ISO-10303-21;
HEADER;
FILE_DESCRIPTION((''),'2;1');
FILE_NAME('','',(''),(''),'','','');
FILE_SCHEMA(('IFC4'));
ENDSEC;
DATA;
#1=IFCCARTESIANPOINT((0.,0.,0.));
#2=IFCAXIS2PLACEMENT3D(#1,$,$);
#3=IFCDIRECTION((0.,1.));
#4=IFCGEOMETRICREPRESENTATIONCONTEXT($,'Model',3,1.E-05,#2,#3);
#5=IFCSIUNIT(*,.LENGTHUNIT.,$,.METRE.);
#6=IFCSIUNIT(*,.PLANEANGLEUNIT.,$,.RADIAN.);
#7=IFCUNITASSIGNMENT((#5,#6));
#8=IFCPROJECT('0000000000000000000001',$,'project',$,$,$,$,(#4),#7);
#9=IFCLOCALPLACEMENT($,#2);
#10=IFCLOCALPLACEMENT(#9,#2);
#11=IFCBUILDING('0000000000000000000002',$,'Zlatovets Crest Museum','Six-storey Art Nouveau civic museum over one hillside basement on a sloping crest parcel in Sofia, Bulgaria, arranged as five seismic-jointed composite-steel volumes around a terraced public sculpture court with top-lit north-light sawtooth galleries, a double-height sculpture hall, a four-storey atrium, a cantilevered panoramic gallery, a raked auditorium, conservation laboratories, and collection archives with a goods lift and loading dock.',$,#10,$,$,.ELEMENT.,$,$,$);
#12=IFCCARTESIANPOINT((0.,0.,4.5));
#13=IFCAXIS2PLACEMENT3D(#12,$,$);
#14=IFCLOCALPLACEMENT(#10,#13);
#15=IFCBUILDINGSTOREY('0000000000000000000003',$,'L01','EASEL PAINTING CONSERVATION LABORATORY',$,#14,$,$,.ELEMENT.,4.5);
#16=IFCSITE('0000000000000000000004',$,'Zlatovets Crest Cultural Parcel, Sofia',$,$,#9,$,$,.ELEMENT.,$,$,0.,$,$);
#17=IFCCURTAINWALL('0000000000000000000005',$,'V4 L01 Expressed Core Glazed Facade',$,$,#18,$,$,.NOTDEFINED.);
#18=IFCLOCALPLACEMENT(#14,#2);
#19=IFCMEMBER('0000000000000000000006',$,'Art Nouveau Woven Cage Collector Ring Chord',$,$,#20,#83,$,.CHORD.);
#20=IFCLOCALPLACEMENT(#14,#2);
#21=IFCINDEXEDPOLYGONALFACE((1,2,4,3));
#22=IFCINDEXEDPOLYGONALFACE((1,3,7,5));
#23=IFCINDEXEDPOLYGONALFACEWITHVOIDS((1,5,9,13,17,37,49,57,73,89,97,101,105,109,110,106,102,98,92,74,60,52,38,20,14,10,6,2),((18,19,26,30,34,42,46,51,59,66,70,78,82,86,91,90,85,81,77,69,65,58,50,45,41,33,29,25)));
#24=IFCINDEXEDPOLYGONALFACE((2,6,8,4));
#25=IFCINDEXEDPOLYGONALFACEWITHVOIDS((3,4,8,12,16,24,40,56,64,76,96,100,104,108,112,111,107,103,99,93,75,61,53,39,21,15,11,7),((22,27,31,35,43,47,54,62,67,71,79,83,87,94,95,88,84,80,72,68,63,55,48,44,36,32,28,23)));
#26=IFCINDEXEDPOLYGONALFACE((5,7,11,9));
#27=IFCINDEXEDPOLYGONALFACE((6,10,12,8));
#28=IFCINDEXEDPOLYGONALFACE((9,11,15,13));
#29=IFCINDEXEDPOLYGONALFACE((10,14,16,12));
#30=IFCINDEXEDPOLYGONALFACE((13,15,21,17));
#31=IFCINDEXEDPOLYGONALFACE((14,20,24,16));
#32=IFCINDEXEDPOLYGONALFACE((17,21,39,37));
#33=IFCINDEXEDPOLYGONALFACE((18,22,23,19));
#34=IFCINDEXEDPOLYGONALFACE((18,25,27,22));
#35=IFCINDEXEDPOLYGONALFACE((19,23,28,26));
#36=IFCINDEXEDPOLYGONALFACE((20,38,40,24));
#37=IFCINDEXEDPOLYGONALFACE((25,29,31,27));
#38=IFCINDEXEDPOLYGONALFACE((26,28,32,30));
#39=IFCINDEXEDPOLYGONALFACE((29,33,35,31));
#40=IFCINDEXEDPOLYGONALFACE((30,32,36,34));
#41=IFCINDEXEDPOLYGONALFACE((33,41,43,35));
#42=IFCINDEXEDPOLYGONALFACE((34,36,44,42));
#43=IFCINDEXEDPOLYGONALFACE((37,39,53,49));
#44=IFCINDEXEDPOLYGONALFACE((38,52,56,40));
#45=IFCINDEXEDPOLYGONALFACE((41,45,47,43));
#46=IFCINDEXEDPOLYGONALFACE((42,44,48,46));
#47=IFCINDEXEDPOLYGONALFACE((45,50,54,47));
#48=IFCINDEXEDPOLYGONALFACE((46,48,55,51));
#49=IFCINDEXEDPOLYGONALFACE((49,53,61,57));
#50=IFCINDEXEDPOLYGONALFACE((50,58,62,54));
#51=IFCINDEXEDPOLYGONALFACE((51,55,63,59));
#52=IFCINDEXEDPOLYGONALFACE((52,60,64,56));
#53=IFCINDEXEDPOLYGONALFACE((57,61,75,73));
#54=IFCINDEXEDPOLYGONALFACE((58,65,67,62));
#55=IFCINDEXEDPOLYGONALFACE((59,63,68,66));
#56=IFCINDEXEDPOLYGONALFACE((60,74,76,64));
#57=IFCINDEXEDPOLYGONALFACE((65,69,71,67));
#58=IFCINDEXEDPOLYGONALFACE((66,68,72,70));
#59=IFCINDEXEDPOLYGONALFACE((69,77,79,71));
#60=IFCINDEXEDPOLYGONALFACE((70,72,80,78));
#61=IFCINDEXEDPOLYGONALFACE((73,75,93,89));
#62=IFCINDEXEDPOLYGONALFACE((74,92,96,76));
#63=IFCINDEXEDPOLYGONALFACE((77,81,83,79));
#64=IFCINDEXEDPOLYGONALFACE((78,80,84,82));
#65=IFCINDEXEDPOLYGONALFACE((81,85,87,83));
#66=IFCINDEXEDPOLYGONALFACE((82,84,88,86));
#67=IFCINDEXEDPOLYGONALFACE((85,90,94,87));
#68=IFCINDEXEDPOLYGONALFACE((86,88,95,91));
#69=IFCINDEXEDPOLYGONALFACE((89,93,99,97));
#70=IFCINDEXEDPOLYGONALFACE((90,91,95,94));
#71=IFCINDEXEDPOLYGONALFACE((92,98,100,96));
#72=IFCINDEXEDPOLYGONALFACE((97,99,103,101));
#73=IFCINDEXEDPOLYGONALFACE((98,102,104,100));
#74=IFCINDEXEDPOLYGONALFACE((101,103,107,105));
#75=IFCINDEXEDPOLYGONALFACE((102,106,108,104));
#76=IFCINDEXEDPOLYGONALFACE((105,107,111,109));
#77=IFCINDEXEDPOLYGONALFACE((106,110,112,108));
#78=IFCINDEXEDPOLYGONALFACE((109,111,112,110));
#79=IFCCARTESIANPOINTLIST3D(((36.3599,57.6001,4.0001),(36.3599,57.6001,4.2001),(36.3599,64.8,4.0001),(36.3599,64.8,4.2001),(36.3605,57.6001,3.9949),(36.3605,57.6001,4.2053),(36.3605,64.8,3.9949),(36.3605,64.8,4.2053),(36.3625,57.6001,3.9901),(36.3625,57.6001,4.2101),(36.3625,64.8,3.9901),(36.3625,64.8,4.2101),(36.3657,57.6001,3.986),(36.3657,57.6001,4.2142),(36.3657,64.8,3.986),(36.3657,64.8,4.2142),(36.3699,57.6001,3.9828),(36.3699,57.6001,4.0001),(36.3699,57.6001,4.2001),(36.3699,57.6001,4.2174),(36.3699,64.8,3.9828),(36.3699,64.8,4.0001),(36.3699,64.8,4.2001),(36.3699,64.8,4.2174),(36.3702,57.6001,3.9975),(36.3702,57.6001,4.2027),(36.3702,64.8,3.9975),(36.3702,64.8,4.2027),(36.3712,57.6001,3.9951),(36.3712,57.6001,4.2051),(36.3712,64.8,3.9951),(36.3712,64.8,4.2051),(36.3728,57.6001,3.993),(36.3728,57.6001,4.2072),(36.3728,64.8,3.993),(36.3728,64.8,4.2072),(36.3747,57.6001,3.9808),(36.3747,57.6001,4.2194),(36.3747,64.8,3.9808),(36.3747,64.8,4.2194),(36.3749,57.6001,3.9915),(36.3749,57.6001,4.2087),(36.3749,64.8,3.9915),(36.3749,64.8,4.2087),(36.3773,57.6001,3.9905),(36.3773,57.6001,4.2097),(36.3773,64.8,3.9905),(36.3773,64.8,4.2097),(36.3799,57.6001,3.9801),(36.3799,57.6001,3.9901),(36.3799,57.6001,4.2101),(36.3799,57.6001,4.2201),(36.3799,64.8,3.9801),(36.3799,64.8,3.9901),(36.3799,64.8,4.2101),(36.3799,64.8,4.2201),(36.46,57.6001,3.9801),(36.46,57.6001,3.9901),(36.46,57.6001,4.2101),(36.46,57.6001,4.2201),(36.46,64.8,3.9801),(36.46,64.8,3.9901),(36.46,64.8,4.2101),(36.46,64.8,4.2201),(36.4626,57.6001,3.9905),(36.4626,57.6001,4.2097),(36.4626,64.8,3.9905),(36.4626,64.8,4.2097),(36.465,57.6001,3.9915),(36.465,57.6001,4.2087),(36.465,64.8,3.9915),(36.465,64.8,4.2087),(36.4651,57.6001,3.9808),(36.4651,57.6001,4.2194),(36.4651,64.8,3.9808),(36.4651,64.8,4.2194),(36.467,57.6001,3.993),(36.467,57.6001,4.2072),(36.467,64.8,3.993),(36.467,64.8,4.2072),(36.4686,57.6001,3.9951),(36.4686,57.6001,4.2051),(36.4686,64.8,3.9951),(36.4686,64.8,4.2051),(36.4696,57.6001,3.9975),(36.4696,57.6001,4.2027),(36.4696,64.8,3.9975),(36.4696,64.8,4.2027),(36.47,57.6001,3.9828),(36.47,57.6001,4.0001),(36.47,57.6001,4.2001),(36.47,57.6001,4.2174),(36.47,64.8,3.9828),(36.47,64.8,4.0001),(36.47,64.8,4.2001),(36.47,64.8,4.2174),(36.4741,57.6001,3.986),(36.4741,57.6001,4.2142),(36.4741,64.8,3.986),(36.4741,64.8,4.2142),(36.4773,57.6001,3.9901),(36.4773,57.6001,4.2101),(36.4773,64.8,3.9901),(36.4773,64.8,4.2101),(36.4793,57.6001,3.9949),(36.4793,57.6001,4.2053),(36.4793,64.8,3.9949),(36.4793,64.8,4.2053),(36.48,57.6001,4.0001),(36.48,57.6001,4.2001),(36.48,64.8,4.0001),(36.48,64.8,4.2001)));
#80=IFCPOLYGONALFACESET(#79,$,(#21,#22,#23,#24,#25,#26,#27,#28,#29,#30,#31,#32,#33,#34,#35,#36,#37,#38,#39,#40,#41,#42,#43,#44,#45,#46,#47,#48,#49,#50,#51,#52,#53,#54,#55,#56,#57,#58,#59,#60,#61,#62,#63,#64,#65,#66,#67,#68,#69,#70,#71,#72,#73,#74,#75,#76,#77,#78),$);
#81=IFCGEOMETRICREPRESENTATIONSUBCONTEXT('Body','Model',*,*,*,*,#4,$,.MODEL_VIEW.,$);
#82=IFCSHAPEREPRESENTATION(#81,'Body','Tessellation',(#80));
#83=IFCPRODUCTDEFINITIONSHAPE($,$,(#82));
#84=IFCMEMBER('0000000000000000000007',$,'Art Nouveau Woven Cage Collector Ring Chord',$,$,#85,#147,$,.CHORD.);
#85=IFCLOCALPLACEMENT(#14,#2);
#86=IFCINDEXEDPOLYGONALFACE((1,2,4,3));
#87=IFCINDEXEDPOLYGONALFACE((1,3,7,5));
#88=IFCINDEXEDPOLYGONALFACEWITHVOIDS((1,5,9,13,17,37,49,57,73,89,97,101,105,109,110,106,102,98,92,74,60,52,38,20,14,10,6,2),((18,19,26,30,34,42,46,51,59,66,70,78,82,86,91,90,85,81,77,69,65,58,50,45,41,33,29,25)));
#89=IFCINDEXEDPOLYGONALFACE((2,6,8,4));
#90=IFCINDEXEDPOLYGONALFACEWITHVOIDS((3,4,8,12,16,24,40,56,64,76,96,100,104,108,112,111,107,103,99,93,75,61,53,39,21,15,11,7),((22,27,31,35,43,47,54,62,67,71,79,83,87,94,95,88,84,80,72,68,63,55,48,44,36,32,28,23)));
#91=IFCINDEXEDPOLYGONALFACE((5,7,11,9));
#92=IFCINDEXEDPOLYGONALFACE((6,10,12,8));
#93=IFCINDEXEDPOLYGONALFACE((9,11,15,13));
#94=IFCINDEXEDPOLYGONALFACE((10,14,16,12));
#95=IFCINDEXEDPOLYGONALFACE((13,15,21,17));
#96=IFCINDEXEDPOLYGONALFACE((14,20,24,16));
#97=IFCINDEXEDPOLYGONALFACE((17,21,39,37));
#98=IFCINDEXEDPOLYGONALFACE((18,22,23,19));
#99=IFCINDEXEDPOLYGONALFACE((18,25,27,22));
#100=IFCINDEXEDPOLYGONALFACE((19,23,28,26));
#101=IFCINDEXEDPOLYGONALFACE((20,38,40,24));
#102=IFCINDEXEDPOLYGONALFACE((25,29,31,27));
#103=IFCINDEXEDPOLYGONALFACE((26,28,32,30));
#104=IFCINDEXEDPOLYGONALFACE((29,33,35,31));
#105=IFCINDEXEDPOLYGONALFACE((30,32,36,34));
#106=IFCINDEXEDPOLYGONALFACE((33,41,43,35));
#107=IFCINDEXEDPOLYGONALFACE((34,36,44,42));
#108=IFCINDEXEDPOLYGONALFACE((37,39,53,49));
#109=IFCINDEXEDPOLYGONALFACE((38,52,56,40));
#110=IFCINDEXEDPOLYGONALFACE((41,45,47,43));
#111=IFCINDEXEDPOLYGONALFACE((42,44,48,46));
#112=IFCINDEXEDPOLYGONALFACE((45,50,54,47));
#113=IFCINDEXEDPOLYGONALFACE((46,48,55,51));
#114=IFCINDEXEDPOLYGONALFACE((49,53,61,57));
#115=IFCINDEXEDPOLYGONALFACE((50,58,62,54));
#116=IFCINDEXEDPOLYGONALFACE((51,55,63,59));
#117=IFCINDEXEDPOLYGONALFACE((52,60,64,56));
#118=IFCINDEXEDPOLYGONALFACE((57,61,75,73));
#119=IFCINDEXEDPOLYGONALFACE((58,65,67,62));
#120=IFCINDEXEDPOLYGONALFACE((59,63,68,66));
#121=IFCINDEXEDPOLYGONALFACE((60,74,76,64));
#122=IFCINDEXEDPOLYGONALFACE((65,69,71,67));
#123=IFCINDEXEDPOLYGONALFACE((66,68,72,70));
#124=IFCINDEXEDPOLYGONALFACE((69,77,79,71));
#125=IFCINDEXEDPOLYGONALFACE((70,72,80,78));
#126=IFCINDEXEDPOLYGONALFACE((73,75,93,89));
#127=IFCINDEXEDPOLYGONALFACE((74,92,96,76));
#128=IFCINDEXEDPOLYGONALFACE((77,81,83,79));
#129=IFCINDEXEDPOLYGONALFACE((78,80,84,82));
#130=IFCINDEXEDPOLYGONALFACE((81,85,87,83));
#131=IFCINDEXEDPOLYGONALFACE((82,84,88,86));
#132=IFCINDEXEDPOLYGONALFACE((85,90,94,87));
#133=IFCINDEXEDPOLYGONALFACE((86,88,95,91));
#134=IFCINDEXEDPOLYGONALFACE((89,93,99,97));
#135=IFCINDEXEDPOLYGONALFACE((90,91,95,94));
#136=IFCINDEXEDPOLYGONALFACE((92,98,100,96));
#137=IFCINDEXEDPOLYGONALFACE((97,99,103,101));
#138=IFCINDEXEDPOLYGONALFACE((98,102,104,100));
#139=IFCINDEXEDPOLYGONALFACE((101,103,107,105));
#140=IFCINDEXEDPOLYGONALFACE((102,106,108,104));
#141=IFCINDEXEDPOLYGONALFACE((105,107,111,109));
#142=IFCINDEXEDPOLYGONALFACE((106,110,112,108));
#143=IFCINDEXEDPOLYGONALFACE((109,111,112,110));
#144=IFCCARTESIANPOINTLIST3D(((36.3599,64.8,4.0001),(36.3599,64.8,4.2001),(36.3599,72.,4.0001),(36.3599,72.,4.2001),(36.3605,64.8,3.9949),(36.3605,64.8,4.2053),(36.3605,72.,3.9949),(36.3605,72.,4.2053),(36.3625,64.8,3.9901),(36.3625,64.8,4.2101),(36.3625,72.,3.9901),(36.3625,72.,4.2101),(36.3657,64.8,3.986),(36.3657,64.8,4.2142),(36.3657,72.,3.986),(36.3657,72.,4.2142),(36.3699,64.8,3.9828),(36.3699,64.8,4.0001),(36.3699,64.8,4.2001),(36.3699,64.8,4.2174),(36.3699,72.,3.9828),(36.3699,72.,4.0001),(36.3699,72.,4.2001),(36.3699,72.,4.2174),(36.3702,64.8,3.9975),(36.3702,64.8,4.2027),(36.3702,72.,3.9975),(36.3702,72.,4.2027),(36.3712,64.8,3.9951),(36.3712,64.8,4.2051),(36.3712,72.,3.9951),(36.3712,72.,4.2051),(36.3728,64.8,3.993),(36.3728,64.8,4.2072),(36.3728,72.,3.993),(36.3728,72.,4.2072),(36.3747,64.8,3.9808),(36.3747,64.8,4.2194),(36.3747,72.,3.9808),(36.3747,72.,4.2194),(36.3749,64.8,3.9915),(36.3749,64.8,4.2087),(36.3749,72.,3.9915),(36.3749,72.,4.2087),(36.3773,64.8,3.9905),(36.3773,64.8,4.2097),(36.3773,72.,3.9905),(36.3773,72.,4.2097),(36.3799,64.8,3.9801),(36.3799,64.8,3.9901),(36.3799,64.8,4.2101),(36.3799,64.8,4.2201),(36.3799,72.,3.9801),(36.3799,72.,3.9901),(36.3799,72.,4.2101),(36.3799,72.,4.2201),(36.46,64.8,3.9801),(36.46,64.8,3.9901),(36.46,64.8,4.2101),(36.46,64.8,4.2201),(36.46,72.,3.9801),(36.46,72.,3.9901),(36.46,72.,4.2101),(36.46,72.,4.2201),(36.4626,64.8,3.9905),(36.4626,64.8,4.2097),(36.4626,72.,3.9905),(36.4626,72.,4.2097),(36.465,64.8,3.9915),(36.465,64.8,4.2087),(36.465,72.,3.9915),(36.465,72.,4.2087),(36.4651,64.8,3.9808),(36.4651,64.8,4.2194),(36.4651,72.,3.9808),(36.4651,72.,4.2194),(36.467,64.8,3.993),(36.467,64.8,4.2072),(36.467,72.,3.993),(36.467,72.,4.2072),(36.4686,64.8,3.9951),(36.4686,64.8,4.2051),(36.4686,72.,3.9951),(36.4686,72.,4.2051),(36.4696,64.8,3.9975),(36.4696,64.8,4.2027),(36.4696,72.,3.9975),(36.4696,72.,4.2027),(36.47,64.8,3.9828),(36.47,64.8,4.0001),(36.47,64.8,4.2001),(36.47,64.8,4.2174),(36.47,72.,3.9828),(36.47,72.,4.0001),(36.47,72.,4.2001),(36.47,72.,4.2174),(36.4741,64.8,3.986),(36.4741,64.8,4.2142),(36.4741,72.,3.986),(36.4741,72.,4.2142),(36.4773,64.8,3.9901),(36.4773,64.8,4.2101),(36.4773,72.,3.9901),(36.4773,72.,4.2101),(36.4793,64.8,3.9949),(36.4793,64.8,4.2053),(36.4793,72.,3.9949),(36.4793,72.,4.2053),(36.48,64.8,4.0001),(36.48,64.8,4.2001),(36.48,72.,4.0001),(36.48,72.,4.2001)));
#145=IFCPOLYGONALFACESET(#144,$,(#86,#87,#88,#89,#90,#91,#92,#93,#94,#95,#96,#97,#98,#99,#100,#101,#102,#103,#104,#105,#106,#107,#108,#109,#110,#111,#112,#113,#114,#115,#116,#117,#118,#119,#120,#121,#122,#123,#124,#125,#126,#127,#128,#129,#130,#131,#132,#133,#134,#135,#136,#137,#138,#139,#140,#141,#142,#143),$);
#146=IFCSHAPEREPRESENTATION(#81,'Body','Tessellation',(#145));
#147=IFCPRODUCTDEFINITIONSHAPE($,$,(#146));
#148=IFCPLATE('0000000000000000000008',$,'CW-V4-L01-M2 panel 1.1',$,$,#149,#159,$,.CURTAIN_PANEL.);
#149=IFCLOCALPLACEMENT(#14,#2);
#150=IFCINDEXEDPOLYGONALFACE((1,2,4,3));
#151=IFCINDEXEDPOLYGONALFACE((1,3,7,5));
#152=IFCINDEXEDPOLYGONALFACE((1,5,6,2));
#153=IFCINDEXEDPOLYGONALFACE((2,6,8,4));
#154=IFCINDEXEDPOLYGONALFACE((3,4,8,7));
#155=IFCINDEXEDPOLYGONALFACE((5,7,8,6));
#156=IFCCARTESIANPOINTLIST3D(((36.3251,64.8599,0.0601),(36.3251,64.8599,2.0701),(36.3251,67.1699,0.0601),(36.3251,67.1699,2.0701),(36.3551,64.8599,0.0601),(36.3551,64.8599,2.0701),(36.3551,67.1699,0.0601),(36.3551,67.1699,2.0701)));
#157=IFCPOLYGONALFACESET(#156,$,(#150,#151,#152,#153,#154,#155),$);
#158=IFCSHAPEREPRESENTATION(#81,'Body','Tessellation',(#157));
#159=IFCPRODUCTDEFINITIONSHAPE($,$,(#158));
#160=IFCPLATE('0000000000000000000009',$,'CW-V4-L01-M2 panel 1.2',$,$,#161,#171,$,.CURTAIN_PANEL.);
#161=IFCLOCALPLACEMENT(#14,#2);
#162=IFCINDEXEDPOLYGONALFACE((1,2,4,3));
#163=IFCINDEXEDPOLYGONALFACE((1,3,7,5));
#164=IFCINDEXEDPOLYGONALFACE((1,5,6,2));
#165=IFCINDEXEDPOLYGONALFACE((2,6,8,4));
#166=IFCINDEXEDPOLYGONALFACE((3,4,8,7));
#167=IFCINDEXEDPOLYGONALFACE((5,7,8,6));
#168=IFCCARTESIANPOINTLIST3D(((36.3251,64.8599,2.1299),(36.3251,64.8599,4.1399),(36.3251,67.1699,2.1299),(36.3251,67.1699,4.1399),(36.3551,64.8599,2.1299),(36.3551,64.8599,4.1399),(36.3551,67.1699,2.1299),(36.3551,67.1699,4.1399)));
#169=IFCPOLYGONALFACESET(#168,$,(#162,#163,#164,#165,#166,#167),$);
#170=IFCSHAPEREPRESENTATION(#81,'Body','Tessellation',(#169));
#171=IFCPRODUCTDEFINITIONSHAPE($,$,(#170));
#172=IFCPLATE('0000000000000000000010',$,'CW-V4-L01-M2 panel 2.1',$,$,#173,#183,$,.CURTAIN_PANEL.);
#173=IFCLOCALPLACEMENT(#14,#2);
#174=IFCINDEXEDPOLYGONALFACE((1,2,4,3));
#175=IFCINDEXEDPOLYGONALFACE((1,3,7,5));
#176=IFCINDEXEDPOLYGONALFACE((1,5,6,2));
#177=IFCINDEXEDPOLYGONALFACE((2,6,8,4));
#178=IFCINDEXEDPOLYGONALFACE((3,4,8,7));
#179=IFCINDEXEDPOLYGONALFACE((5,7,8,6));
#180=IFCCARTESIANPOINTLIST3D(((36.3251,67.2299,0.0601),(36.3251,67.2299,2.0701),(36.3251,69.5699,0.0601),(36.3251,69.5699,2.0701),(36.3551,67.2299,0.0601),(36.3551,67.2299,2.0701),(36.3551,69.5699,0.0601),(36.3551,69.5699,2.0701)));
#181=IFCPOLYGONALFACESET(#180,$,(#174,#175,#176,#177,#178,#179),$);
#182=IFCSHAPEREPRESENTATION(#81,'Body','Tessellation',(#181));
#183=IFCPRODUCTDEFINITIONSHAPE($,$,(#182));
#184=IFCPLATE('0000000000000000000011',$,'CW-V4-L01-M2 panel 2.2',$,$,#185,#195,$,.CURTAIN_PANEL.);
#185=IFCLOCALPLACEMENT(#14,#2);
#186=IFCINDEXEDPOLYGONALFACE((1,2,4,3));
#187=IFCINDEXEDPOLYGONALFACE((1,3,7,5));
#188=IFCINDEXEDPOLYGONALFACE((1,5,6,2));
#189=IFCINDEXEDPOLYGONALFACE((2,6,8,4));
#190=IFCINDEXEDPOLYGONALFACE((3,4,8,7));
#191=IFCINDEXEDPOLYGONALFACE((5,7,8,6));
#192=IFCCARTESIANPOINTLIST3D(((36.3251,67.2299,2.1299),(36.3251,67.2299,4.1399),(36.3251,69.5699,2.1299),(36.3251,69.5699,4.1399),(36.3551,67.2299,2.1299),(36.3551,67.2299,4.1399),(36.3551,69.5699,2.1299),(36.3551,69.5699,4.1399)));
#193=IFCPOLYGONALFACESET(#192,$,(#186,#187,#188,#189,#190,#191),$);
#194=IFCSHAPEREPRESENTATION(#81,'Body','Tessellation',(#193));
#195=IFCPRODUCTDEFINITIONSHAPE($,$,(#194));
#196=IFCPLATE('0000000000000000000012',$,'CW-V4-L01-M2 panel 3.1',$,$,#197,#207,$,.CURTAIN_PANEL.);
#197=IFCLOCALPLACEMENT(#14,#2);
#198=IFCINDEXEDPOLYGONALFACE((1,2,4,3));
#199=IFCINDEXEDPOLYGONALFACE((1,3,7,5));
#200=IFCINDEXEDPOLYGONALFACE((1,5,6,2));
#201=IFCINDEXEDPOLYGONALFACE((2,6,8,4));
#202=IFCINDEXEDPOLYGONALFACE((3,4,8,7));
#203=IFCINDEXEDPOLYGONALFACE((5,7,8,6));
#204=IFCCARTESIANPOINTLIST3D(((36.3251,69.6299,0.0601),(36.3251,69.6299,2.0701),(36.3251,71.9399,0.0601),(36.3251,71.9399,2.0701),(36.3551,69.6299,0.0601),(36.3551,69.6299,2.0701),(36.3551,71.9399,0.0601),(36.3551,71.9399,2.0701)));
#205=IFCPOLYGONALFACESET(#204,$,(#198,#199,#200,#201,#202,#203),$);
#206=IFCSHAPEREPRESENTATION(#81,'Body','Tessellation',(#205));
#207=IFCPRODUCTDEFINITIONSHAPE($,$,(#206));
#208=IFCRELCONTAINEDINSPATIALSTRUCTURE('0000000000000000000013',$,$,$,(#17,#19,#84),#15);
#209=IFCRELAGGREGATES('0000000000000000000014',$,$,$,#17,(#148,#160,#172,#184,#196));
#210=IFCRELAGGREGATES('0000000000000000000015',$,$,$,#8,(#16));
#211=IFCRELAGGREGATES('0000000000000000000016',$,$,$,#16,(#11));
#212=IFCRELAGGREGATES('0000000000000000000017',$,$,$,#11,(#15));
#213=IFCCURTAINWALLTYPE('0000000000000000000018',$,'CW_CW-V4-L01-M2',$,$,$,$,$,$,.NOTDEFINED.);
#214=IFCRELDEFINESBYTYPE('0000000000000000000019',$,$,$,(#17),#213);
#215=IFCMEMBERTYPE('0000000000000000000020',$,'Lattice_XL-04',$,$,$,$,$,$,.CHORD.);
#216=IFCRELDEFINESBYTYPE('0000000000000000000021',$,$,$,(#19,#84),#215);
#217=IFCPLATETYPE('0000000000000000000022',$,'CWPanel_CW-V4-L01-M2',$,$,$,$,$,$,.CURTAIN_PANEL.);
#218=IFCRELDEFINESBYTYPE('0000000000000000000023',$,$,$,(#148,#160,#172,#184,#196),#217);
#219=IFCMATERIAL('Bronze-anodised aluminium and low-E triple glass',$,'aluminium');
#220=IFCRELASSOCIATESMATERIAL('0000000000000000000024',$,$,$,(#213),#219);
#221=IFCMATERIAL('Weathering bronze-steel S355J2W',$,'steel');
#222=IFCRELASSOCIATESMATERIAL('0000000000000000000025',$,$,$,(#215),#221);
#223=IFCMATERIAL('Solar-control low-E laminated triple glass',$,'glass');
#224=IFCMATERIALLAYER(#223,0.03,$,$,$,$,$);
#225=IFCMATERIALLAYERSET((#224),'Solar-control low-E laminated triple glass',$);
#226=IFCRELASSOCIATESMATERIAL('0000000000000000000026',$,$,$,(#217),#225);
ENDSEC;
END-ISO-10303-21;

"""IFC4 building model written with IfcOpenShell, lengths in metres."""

from ifc_helpers import new_model, si_unit, direction, frame, origin, origin_2d, place, context, subcontext, project, spatial, rectangle, hollow_rectangle, extrude, material, layer, layer_set, material_profile, profile_set, type_object, element, aggregate, save


model = new_model("IFC4")

# Units and contexts
model_context = context("Model", 3, precision=1e-05, world=origin(), true_north=direction((0.0, 1.0)))
body_context = subcontext(model_context, "Body", "Model", "MODEL_VIEW")
ifc_project = project(units=[si_unit("LENGTHUNIT", "METRE"), si_unit("PLANEANGLEUNIT", "RADIAN")], contexts=[model_context])

# Site, building, storey
site_placement = place(None, origin())
site = spatial("IfcSite", under=ifc_project, at=site_placement, Name="Zlatovets Crest Cultural Parcel, Sofia", CompositionType="ELEMENT", RefElevation=0.0)
building_placement = place(site_placement, origin())
building = spatial("IfcBuilding", under=site, at=building_placement, Name="Zlatovets Crest Museum", Description="Six-storey Art Nouveau civic museum over one hillside basement on a sloping crest parcel in Sofia, Bulgaria, arranged as five seismic-jointed composite-steel volumes around a terraced public sculpture court with top-lit north-light sawtooth galleries, a double-height sculpture hall, a four-storey atrium, a cantilevered panoramic gallery, a raked auditorium, conservation laboratories, and collection archives with a goods lift and loading dock.", CompositionType="ELEMENT")
storey_placement = place(building_placement, frame((0.0, 0.0, 4.5)))
storey = spatial("IfcBuildingStorey", under=building, at=storey_placement, Name="L01", Description="EASEL PAINTING CONSERVATION LABORATORY", CompositionType="ELEMENT", Elevation=4.5)

# Curtain wall
ifc_material_1 = material(Name="Bronze-anodised aluminium and low-E triple glass", Category="aluminium")
curtain_wall_type = type_object("IfcCurtainWallType", Name="CW_CW-V4-L01-M2", PredefinedType="NOTDEFINED", material=ifc_material_1)
curtain_wall_placement = place(storey_placement, origin())
curtain_wall = element("IfcCurtainWall", 1, at=curtain_wall_placement, inside=storey, type_object=curtain_wall_type, Name="V4 L01 Expressed Core Glazed Facade", PredefinedType="NOTDEFINED")

# Members
ifc_material_2 = material(Name="Weathering bronze-steel S355J2W", Category="steel")
ifc_material_profile_1 = material_profile(ifc_material_2, hollow_rectangle(XDim=0.1201, YDim=0.24, WallThickness=0.01, InnerFilletRadius=0.01, OuterFilletRadius=0.02, at=origin_2d()), Name="RHS 120x240x10.0")
ifc_profile_set_1 = profile_set([ifc_material_profile_1], Name="Weathering bronze-steel S355J2W")
member_type_1 = type_object("IfcMemberType", Name="Lattice_XL-04", PredefinedType="CHORD", material=ifc_profile_set_1)
for number, where, z_axis, x_axis, name in (
    (2, (36.4199, 57.6001, 4.1001), (0.0, 1.0, 0.0), (-1.0, 0.0, 0.0), "Art Nouveau Woven Cage Collector Ring Chord"),
    (3, (36.4199, 64.8, 4.1001), (0.0, 1.0, 0.0), (-1.0, 0.0, 0.0), "Art Nouveau Woven Cage Collector Ring Chord"),
):
    element("IfcMember", number, at=place(storey_placement, frame(where, z_axis=z_axis, x_axis=x_axis)), inside=storey, type_object=member_type_1, Name=name, PredefinedType="CHORD", context=body_context, shape_type="SweptSolid", body=[
        extrude(hollow_rectangle(XDim=0.1201, YDim=0.24, WallThickness=0.01, InnerFilletRadius=0.01, OuterFilletRadius=0.02, at=origin_2d()), origin(), (0.0, 0.0, 1.0), 7.2),
    ])

# Plates
ifc_material_3 = material(Name="Solar-control low-E laminated triple glass", Category="glass")
ifc_layer_1 = layer(ifc_material_3, 0.03)
ifc_layer_set_1 = layer_set([ifc_layer_1], Name="Solar-control low-E laminated triple glass")
plate_type_1 = type_object("IfcPlateType", Name="CWPanel_CW-V4-L01-M2", PredefinedType="CURTAIN_PANEL", material=ifc_layer_set_1)
plate_1_placement = place(storey_placement, frame((36.3401, 66.0149, 0.0601), z_axis=(0.0, 0.0, 1.0), x_axis=(0.0, 1.0, 0.0)))
plate_1 = element("IfcPlate", 4, at=plate_1_placement, type_object=plate_type_1, Name="CW-V4-L01-M2 panel 1.1", PredefinedType="CURTAIN_PANEL", context=body_context, shape_type="SweptSolid", body=[
    extrude(rectangle(XDim=2.3101, YDim=0.03, at=origin_2d()), origin(), (0.0, 0.0, 1.0), 2.01),
])
plate_2_placement = place(storey_placement, frame((36.3401, 66.0149, 2.1299), z_axis=(0.0, 0.0, 1.0), x_axis=(0.0, 1.0, 0.0)))
plate_2 = element("IfcPlate", 5, at=plate_2_placement, type_object=plate_type_1, Name="CW-V4-L01-M2 panel 1.2", PredefinedType="CURTAIN_PANEL", context=body_context, shape_type="SweptSolid", body=[
    extrude(rectangle(XDim=2.3101, YDim=0.03, at=origin_2d()), origin(), (0.0, 0.0, 1.0), 2.01),
])
plate_3_placement = place(storey_placement, frame((36.3401, 68.3999, 0.0601), z_axis=(0.0, 0.0, 1.0), x_axis=(0.0, 1.0, 0.0)))
plate_3 = element("IfcPlate", 6, at=plate_3_placement, type_object=plate_type_1, Name="CW-V4-L01-M2 panel 2.1", PredefinedType="CURTAIN_PANEL", context=body_context, shape_type="SweptSolid", body=[
    extrude(rectangle(XDim=2.3401, YDim=0.03, at=origin_2d()), origin(), (0.0, 0.0, 1.0), 2.01),
])
plate_4_placement = place(storey_placement, frame((36.3401, 68.3999, 2.1299), z_axis=(0.0, 0.0, 1.0), x_axis=(0.0, 1.0, 0.0)))
plate_4 = element("IfcPlate", 7, at=plate_4_placement, type_object=plate_type_1, Name="CW-V4-L01-M2 panel 2.2", PredefinedType="CURTAIN_PANEL", context=body_context, shape_type="SweptSolid", body=[
    extrude(rectangle(XDim=2.3401, YDim=0.03, at=origin_2d()), origin(), (0.0, 0.0, 1.0), 2.01),
])
plate_5_placement = place(storey_placement, frame((36.3401, 70.7849, 0.0601), z_axis=(0.0, 0.0, 1.0), x_axis=(0.0, 1.0, 0.0)))
plate_5 = element("IfcPlate", 8, at=plate_5_placement, type_object=plate_type_1, Name="CW-V4-L01-M2 panel 3.1", PredefinedType="CURTAIN_PANEL", context=body_context, shape_type="SweptSolid", body=[
    extrude(rectangle(XDim=2.3101, YDim=0.03, at=origin_2d()), origin(), (0.0, 0.0, 1.0), 2.01),
])
aggregate(curtain_wall, [plate_1, plate_2, plate_3, plate_4, plate_5])

save(model, "model.ifc")
